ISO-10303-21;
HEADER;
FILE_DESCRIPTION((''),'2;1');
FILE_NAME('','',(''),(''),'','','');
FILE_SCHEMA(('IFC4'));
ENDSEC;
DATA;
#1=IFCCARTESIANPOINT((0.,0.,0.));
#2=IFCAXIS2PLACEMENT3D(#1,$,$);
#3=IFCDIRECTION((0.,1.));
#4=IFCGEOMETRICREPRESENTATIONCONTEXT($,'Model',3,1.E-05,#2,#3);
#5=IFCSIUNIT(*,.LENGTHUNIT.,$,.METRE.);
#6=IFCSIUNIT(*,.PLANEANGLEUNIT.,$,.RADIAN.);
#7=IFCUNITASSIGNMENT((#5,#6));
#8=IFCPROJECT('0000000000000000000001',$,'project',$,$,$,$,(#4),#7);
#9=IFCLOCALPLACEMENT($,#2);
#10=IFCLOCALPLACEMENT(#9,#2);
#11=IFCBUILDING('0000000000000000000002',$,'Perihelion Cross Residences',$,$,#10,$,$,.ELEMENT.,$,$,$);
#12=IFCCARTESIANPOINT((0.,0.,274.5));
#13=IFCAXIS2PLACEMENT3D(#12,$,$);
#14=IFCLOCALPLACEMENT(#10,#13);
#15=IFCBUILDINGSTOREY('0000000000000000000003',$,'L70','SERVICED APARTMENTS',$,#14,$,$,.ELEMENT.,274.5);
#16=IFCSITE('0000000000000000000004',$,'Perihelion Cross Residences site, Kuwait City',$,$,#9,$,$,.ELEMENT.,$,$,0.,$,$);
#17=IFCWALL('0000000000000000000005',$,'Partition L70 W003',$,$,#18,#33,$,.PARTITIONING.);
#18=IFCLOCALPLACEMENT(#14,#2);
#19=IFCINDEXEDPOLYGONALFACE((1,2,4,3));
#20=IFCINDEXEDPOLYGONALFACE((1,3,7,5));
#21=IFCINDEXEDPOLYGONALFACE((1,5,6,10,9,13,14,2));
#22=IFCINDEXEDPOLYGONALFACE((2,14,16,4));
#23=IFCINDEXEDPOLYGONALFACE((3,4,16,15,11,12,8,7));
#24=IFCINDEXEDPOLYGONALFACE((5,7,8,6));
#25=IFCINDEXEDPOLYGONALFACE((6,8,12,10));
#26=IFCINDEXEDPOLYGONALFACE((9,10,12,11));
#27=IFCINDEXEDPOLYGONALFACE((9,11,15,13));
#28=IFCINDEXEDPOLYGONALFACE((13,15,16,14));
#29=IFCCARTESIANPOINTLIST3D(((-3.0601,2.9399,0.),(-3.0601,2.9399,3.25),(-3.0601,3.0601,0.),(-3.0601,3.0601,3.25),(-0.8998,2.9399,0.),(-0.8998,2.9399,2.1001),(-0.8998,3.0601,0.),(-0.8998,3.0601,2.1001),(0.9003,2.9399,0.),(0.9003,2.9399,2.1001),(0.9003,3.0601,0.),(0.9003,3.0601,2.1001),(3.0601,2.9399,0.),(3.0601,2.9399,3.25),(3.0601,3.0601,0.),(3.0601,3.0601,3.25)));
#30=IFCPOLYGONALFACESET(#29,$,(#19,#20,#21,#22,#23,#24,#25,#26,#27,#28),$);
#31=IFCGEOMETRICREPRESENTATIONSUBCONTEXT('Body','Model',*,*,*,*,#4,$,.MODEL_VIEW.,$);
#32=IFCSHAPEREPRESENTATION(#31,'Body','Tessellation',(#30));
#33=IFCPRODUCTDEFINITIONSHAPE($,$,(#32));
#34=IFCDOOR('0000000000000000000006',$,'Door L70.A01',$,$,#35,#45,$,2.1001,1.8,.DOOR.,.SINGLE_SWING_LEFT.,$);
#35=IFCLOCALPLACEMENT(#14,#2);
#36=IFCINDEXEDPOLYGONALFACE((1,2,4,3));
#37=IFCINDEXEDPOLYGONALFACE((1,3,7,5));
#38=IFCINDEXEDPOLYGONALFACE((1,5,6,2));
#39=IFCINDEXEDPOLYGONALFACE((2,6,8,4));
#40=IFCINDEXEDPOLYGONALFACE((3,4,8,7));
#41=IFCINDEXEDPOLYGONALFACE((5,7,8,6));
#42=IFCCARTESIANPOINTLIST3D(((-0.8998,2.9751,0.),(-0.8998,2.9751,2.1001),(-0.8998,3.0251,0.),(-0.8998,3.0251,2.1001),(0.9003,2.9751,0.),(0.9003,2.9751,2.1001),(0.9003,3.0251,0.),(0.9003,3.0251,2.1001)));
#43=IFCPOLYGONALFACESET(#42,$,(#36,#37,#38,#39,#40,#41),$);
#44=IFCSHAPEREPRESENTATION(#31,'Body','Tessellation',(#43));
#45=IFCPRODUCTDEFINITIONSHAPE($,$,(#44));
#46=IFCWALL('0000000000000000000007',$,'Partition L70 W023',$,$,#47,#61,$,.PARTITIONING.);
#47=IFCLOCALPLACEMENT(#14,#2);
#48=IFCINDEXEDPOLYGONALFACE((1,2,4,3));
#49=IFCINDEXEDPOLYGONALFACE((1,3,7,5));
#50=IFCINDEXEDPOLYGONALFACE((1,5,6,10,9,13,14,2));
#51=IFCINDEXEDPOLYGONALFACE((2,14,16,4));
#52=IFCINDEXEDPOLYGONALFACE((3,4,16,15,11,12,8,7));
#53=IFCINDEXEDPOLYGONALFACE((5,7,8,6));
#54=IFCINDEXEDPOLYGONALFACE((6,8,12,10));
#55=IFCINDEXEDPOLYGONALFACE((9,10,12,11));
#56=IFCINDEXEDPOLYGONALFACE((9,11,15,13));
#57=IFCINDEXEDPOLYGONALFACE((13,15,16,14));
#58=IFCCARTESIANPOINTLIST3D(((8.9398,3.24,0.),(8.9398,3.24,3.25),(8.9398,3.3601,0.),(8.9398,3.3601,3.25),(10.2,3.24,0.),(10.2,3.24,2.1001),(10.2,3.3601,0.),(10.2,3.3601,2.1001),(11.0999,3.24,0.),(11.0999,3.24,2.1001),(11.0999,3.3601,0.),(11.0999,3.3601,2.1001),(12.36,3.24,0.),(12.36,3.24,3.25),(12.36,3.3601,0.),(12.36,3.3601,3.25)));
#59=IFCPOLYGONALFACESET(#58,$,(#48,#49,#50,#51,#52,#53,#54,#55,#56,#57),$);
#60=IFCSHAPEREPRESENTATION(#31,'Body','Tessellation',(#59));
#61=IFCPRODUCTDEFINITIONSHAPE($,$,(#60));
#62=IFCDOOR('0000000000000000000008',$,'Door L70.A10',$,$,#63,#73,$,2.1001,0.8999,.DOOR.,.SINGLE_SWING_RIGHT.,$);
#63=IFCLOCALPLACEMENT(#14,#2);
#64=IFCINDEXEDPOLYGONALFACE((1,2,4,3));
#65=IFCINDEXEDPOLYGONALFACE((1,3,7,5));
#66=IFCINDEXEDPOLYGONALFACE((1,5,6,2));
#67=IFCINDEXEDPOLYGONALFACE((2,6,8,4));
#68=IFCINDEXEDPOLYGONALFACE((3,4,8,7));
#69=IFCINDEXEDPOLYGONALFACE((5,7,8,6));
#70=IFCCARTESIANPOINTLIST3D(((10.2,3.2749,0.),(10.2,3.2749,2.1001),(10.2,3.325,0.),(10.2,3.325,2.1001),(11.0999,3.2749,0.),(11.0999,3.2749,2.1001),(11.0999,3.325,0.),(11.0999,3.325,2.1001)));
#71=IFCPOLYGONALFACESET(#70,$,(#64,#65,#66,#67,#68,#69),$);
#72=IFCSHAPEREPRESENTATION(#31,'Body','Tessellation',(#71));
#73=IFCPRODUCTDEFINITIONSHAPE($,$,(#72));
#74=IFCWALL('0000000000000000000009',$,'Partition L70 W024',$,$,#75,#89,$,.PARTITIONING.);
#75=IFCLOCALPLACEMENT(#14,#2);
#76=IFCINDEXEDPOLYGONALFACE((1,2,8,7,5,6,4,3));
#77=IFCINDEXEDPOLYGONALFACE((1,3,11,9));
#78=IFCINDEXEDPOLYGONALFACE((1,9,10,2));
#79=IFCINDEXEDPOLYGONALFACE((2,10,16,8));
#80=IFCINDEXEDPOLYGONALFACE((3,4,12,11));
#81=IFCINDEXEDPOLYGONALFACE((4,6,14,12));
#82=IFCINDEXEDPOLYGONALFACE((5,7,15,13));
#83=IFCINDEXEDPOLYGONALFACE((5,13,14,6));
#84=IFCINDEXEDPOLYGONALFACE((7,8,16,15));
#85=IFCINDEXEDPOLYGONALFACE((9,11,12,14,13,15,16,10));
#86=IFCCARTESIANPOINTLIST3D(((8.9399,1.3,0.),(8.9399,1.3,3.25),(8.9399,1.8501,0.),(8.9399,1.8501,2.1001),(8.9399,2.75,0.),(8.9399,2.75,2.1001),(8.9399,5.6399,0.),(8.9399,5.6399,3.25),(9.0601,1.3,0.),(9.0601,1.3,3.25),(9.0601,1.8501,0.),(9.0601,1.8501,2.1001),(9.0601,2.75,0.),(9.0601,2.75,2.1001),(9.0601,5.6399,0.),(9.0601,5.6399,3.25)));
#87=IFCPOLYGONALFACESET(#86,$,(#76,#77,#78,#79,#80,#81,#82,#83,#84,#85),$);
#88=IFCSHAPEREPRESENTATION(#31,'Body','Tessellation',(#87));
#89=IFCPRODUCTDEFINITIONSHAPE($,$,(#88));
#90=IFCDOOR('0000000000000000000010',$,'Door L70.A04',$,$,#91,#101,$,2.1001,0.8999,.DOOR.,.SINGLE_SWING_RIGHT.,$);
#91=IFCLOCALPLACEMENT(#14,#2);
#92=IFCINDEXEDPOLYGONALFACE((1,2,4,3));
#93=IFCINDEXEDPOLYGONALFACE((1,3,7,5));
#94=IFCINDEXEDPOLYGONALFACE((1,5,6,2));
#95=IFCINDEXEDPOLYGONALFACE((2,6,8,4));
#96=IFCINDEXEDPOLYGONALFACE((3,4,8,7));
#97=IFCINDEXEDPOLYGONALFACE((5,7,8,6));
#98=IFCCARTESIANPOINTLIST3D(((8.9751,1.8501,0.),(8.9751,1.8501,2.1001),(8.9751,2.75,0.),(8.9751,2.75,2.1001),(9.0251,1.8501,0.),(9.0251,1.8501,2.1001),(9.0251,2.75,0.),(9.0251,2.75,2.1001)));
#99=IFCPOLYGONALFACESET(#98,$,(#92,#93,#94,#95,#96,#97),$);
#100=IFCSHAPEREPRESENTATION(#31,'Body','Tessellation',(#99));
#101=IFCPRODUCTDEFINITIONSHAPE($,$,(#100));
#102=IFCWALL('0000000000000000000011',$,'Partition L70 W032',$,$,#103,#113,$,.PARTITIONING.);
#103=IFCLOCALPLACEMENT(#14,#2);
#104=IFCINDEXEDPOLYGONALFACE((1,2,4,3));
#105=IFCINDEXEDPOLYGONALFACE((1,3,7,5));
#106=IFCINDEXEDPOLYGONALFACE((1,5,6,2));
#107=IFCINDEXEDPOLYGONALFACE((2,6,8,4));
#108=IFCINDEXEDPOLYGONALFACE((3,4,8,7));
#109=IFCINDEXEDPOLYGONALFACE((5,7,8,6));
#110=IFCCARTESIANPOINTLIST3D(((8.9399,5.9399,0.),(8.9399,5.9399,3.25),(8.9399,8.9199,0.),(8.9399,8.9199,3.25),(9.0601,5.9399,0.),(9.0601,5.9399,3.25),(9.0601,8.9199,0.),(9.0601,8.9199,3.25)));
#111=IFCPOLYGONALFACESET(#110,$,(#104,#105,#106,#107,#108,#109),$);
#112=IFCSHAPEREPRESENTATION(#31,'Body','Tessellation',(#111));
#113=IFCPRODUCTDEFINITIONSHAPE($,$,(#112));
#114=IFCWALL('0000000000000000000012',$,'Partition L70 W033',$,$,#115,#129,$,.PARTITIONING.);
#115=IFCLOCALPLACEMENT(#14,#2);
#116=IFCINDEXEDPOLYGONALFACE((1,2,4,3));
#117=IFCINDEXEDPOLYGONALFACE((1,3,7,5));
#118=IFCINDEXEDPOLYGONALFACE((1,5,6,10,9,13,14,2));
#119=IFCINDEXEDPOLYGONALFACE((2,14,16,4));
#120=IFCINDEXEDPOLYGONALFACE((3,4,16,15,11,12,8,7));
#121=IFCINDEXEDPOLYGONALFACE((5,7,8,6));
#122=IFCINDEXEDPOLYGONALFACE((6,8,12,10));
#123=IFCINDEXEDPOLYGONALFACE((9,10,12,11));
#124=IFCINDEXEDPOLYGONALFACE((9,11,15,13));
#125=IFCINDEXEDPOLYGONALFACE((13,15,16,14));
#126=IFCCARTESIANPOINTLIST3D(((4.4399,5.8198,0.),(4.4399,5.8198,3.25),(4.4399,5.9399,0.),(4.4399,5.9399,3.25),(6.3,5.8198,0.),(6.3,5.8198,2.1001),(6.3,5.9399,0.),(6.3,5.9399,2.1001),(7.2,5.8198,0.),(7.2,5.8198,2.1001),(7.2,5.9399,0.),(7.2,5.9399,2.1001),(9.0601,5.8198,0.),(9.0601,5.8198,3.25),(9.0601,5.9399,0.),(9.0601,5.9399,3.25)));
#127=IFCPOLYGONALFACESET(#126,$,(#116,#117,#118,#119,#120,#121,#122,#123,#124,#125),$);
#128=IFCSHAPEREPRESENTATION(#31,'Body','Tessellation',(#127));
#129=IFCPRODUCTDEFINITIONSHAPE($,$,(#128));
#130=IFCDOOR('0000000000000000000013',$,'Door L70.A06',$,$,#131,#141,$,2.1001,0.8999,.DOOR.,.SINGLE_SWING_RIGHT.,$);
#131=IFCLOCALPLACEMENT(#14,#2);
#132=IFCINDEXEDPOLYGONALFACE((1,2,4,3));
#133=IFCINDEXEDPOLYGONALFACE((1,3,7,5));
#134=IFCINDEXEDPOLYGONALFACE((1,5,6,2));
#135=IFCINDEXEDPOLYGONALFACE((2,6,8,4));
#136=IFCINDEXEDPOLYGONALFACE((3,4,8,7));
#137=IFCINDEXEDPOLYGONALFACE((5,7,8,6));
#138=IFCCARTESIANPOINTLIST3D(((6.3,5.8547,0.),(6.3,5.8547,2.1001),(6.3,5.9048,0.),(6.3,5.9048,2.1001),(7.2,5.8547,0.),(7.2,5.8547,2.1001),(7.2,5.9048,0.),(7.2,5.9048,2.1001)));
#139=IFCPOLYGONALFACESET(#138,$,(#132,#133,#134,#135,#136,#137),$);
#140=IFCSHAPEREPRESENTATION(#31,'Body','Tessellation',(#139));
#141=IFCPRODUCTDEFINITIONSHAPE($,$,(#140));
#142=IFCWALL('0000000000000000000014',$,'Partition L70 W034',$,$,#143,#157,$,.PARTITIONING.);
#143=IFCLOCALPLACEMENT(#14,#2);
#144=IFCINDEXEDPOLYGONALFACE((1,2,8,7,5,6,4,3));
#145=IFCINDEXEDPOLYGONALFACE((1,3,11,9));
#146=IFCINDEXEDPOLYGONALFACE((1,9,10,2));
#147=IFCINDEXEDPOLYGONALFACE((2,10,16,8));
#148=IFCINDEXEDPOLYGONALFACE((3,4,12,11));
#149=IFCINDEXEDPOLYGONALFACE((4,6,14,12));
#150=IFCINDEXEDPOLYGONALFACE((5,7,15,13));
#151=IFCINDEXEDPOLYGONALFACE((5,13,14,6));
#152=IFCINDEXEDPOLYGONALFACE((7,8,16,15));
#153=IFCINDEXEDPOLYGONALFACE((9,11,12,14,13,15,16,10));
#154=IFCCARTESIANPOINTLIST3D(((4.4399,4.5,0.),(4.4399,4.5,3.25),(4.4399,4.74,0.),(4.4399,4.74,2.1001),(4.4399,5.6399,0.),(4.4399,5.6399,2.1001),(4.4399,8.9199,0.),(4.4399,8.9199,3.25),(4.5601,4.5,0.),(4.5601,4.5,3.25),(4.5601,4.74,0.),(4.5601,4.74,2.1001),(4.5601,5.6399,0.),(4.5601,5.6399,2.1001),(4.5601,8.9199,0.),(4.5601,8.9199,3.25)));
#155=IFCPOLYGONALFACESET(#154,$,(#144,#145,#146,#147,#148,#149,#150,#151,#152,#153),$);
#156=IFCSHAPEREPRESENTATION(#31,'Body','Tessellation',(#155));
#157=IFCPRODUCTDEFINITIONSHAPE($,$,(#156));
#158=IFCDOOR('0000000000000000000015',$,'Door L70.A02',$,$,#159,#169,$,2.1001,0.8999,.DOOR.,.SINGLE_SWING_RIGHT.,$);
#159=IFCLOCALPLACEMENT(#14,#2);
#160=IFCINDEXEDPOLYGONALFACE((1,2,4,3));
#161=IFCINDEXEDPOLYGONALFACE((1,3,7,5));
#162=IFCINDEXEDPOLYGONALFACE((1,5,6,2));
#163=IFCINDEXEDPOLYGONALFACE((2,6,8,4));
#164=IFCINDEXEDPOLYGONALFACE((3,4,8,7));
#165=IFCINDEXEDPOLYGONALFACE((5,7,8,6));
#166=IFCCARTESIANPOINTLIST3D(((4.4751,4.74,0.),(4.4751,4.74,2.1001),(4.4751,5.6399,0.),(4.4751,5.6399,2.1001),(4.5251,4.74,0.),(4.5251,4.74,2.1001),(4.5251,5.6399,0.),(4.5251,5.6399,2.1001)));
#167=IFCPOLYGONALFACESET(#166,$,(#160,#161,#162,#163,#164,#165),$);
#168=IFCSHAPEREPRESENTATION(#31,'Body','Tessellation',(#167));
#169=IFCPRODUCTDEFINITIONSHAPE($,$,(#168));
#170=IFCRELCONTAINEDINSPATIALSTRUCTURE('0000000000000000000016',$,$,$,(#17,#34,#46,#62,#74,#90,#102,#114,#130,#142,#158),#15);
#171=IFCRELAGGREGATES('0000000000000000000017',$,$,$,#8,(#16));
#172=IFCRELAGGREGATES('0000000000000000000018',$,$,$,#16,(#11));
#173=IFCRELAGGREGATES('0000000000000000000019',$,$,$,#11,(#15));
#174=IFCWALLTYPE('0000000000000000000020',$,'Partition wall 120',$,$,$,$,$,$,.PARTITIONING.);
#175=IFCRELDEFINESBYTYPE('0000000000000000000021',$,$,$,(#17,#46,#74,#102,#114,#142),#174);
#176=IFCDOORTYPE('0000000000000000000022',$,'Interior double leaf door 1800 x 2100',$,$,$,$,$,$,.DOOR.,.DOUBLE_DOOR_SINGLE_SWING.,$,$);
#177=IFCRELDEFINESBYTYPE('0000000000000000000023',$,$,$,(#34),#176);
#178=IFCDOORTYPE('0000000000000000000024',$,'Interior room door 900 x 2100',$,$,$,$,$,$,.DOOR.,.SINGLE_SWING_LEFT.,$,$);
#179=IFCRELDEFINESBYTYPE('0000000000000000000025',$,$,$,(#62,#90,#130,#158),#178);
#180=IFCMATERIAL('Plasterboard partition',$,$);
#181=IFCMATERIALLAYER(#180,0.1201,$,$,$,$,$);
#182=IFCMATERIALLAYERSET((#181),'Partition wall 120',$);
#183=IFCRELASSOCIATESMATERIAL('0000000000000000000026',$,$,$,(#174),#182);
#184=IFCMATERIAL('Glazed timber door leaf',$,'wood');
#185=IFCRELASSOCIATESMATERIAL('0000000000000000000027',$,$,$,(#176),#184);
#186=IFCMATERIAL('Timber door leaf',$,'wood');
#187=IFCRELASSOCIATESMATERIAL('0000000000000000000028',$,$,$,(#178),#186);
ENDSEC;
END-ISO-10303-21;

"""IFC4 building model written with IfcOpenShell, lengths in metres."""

from ifc_helpers import new_model, si_unit, direction, frame, frame_2d, origin, place, context, subcontext, project, spatial, rectangle, extrude, material, layer, layer_set, type_object, element, fill, save


model = new_model("IFC4")

# Units and contexts
model_context = context("Model", 3, precision=1e-05, world=origin(), true_north=direction((0.0, 1.0)))
body_context = subcontext(model_context, "Body", "Model", "MODEL_VIEW")
ifc_project = project(units=[si_unit("LENGTHUNIT", "METRE"), si_unit("PLANEANGLEUNIT", "RADIAN")], contexts=[model_context])

# Site, building, storey
site_placement = place(None, origin())
site = spatial("IfcSite", under=ifc_project, at=site_placement, Name="Perihelion Cross Residences site, Kuwait City", CompositionType="ELEMENT", RefElevation=0.0)
building_placement = place(site_placement, origin())
building = spatial("IfcBuilding", under=site, at=building_placement, Name="Perihelion Cross Residences", CompositionType="ELEMENT")
storey_placement = place(building_placement, frame((0.0, 0.0, 274.5)))
storey = spatial("IfcBuildingStorey", under=building, at=storey_placement, Name="L70", Description="SERVICED APARTMENTS", CompositionType="ELEMENT", Elevation=274.5)

# Walls, openings, doors
ifc_material_1 = material(Name="Plasterboard partition")
ifc_layer_1 = layer(ifc_material_1, 0.1201)
ifc_layer_set_1 = layer_set([ifc_layer_1], Name="Partition wall 120")
wall_type_1 = type_object("IfcWallType", Name="Partition wall 120", PredefinedType="PARTITIONING", material=ifc_layer_set_1)
wall_1_placement = place(storey_placement, frame((3.0601, 3.0, 0.0), z_axis=(0.0, 0.0, 1.0), x_axis=(-1.0, 0.0, 0.0)))
wall_1 = element("IfcWall", 1, at=wall_1_placement, inside=storey, type_object=wall_type_1, Name="Partition L70 W003", PredefinedType="PARTITIONING", context=body_context, shape_type="SweptSolid", body=[
    extrude(rectangle(XDim=6.1201, YDim=0.1201, at=frame_2d((3.0601, 0.0))), origin(), (0.0, 0.0, 1.0), 3.25),
])
opening_1_placement = place(wall_1_placement, frame((2.1599, 0.0, 0.0)))
opening_1 = element("IfcOpeningElement", 2, at=opening_1_placement, cuts=wall_1, PredefinedType="OPENING", context=body_context, shape_type="SweptSolid", body=[
    extrude(rectangle(XDim=1.8, YDim=2.1001, at=frame_2d((0.8999, 1.05))), frame((0.0, 0.0701, 0.0), z_axis=(0.0, -1.0, 0.0), x_axis=(1.0, 0.0, 0.0)), (0.0, 0.0, 1.0), 0.1401),
])
ifc_material_2 = material(Name="Glazed timber door leaf", Category="wood")
door_type_1 = type_object("IfcDoorType", Name="Interior double leaf door 1800 x 2100", OperationType="DOUBLE_DOOR_SINGLE_SWING", PredefinedType="DOOR", material=ifc_material_2)
door_1_placement = place(opening_1_placement, origin())
door_1 = element("IfcDoor", 3, at=door_1_placement, inside=storey, type_object=door_type_1, Name="Door L70.A01", OperationType="SINGLE_SWING_LEFT", OverallHeight=2.1001, OverallWidth=1.8, PredefinedType="DOOR", context=body_context, shape_type="SweptSolid", body=[
    extrude(rectangle(XDim=1.8, YDim=2.1001, at=frame_2d((0.8999, 1.05))), frame((0.0, 0.0249, 0.0), z_axis=(0.0, -1.0, 0.0), x_axis=(1.0, 0.0, 0.0)), (0.0, 0.0, 1.0), 0.05),
])
fill(opening_1, door_1)
wall_2_placement = place(storey_placement, frame((8.9399, 3.3, 0.0), z_axis=(0.0, 0.0, 1.0), x_axis=(1.0, 0.0, 0.0)))
wall_2 = element("IfcWall", 4, at=wall_2_placement, inside=storey, type_object=wall_type_1, Name="Partition L70 W023", PredefinedType="PARTITIONING", context=body_context, shape_type="SweptSolid", body=[
    extrude(rectangle(XDim=3.4202, YDim=0.1201, at=frame_2d((1.71, 0.0))), origin(), (0.0, 0.0, 1.0), 3.25),
])
opening_2_placement = place(wall_2_placement, frame((1.26, 0.0, 0.0)))
opening_2 = element("IfcOpeningElement", 5, at=opening_2_placement, cuts=wall_2, PredefinedType="OPENING", context=body_context, shape_type="SweptSolid", body=[
    extrude(rectangle(XDim=0.8999, YDim=2.1001, at=frame_2d((0.45, 1.05))), frame((0.0, 0.0701, 0.0), z_axis=(0.0, -1.0, 0.0), x_axis=(1.0, 0.0, 0.0)), (0.0, 0.0, 1.0), 0.1401),
])
ifc_material_3 = material(Name="Timber door leaf", Category="wood")
door_type_2 = type_object("IfcDoorType", Name="Interior room door 900 x 2100", OperationType="SINGLE_SWING_LEFT", PredefinedType="DOOR", material=ifc_material_3)
door_2_placement = place(opening_2_placement, origin())
door_2 = element("IfcDoor", 6, at=door_2_placement, inside=storey, type_object=door_type_2, Name="Door L70.A10", OperationType="SINGLE_SWING_RIGHT", OverallHeight=2.1001, OverallWidth=0.8999, PredefinedType="DOOR", context=body_context, shape_type="SweptSolid", body=[
    extrude(rectangle(XDim=0.8999, YDim=2.1001, at=frame_2d((0.45, 1.05))), frame((0.0, 0.0249, 0.0), z_axis=(0.0, -1.0, 0.0), x_axis=(1.0, 0.0, 0.0)), (0.0, 0.0, 1.0), 0.05),
])
fill(opening_2, door_2)
wall_3_placement = place(storey_placement, frame((9.0, 1.3, 0.0), z_axis=(0.0, 0.0, 1.0), x_axis=(0.0, 1.0, 0.0)))
wall_3 = element("IfcWall", 7, at=wall_3_placement, inside=storey, type_object=wall_type_1, Name="Partition L70 W024", PredefinedType="PARTITIONING", context=body_context, shape_type="SweptSolid", body=[
    extrude(rectangle(XDim=4.3398, YDim=0.1201, at=frame_2d((2.1699, 0.0))), origin(), (0.0, 0.0, 1.0), 3.25),
])
opening_3_placement = place(wall_3_placement, frame((0.55, 0.0, 0.0)))
opening_3 = element("IfcOpeningElement", 8, at=opening_3_placement, cuts=wall_3, PredefinedType="OPENING", context=body_context, shape_type="SweptSolid", body=[
    extrude(rectangle(XDim=0.8999, YDim=2.1001, at=frame_2d((0.45, 1.05))), frame((0.0, 0.0701, 0.0), z_axis=(0.0, -1.0, 0.0), x_axis=(1.0, 0.0, 0.0)), (0.0, 0.0, 1.0), 0.1401),
])
door_3_placement = place(opening_3_placement, origin())
door_3 = element("IfcDoor", 9, at=door_3_placement, inside=storey, type_object=door_type_2, Name="Door L70.A04", OperationType="SINGLE_SWING_RIGHT", OverallHeight=2.1001, OverallWidth=0.8999, PredefinedType="DOOR", context=body_context, shape_type="SweptSolid", body=[
    extrude(rectangle(XDim=0.8999, YDim=2.1001, at=frame_2d((0.45, 1.05))), frame((0.0, 0.0249, 0.0), z_axis=(0.0, -1.0, 0.0), x_axis=(1.0, 0.0, 0.0)), (0.0, 0.0, 1.0), 0.05),
])
fill(opening_3, door_3)

# Wall
wall_4_placement = place(storey_placement, frame((9.0, 5.9399, 0.0), z_axis=(0.0, 0.0, 1.0), x_axis=(0.0, 1.0, 0.0)))
element("IfcWall", 10, at=wall_4_placement, inside=storey, type_object=wall_type_1, Name="Partition L70 W032", PredefinedType="PARTITIONING", context=body_context, shape_type="SweptSolid", body=[
    extrude(rectangle(XDim=2.98, YDim=0.1201, at=frame_2d((1.49, 0.0))), origin(), (0.0, 0.0, 1.0), 3.25),
])

# Walls, openings, doors
wall_5_placement = place(storey_placement, frame((4.4399, 5.8799, 0.0), z_axis=(0.0, 0.0, 1.0), x_axis=(1.0, 0.0, 0.0)))
wall_5 = element("IfcWall", 11, at=wall_5_placement, inside=storey, type_object=wall_type_1, Name="Partition L70 W033", PredefinedType="PARTITIONING", context=body_context, shape_type="SweptSolid", body=[
    extrude(rectangle(XDim=4.6201, YDim=0.1201, at=frame_2d((2.3101, 0.0))), origin(), (0.0, 0.0, 1.0), 3.25),
])
opening_4_placement = place(wall_5_placement, frame((1.8601, 0.0, 0.0)))
opening_4 = element("IfcOpeningElement", 12, at=opening_4_placement, cuts=wall_5, PredefinedType="OPENING", context=body_context, shape_type="SweptSolid", body=[
    extrude(rectangle(XDim=0.8999, YDim=2.1001, at=frame_2d((0.45, 1.05))), frame((0.0, 0.0701, 0.0), z_axis=(0.0, -1.0, 0.0), x_axis=(1.0, 0.0, 0.0)), (0.0, 0.0, 1.0), 0.1401),
])
door_4_placement = place(opening_4_placement, origin())
door_4 = element("IfcDoor", 13, at=door_4_placement, inside=storey, type_object=door_type_2, Name="Door L70.A06", OperationType="SINGLE_SWING_RIGHT", OverallHeight=2.1001, OverallWidth=0.8999, PredefinedType="DOOR", context=body_context, shape_type="SweptSolid", body=[
    extrude(rectangle(XDim=0.8999, YDim=2.1001, at=frame_2d((0.45, 1.05))), frame((0.0, 0.0249, 0.0), z_axis=(0.0, -1.0, 0.0), x_axis=(1.0, 0.0, 0.0)), (0.0, 0.0, 1.0), 0.05),
])
fill(opening_4, door_4)
wall_6_placement = place(storey_placement, frame((4.5, 4.5, 0.0), z_axis=(0.0, 0.0, 1.0), x_axis=(0.0, 1.0, 0.0)))
wall_6 = element("IfcWall", 14, at=wall_6_placement, inside=storey, type_object=wall_type_1, Name="Partition L70 W034", PredefinedType="PARTITIONING", context=body_context, shape_type="SweptSolid", body=[
    extrude(rectangle(XDim=4.4199, YDim=0.1201, at=frame_2d((2.21, 0.0))), origin(), (0.0, 0.0, 1.0), 3.25),
])
opening_5_placement = place(wall_6_placement, frame((0.24, 0.0, 0.0)))
opening_5 = element("IfcOpeningElement", 15, at=opening_5_placement, cuts=wall_6, PredefinedType="OPENING", context=body_context, shape_type="SweptSolid", body=[
    extrude(rectangle(XDim=0.8999, YDim=2.1001, at=frame_2d((0.45, 1.05))), frame((0.0, 0.0701, 0.0), z_axis=(0.0, -1.0, 0.0), x_axis=(1.0, 0.0, 0.0)), (0.0, 0.0, 1.0), 0.1401),
])
door_5_placement = place(opening_5_placement, origin())
door_5 = element("IfcDoor", 16, at=door_5_placement, inside=storey, type_object=door_type_2, Name="Door L70.A02", OperationType="SINGLE_SWING_RIGHT", OverallHeight=2.1001, OverallWidth=0.8999, PredefinedType="DOOR", context=body_context, shape_type="SweptSolid", body=[
    extrude(rectangle(XDim=0.8999, YDim=2.1001, at=frame_2d((0.45, 1.05))), frame((0.0, 0.0249, 0.0), z_axis=(0.0, -1.0, 0.0), x_axis=(1.0, 0.0, 0.0)), (0.0, 0.0, 1.0), 0.05),
])
fill(opening_5, door_5)

save(model, "model.ifc")
